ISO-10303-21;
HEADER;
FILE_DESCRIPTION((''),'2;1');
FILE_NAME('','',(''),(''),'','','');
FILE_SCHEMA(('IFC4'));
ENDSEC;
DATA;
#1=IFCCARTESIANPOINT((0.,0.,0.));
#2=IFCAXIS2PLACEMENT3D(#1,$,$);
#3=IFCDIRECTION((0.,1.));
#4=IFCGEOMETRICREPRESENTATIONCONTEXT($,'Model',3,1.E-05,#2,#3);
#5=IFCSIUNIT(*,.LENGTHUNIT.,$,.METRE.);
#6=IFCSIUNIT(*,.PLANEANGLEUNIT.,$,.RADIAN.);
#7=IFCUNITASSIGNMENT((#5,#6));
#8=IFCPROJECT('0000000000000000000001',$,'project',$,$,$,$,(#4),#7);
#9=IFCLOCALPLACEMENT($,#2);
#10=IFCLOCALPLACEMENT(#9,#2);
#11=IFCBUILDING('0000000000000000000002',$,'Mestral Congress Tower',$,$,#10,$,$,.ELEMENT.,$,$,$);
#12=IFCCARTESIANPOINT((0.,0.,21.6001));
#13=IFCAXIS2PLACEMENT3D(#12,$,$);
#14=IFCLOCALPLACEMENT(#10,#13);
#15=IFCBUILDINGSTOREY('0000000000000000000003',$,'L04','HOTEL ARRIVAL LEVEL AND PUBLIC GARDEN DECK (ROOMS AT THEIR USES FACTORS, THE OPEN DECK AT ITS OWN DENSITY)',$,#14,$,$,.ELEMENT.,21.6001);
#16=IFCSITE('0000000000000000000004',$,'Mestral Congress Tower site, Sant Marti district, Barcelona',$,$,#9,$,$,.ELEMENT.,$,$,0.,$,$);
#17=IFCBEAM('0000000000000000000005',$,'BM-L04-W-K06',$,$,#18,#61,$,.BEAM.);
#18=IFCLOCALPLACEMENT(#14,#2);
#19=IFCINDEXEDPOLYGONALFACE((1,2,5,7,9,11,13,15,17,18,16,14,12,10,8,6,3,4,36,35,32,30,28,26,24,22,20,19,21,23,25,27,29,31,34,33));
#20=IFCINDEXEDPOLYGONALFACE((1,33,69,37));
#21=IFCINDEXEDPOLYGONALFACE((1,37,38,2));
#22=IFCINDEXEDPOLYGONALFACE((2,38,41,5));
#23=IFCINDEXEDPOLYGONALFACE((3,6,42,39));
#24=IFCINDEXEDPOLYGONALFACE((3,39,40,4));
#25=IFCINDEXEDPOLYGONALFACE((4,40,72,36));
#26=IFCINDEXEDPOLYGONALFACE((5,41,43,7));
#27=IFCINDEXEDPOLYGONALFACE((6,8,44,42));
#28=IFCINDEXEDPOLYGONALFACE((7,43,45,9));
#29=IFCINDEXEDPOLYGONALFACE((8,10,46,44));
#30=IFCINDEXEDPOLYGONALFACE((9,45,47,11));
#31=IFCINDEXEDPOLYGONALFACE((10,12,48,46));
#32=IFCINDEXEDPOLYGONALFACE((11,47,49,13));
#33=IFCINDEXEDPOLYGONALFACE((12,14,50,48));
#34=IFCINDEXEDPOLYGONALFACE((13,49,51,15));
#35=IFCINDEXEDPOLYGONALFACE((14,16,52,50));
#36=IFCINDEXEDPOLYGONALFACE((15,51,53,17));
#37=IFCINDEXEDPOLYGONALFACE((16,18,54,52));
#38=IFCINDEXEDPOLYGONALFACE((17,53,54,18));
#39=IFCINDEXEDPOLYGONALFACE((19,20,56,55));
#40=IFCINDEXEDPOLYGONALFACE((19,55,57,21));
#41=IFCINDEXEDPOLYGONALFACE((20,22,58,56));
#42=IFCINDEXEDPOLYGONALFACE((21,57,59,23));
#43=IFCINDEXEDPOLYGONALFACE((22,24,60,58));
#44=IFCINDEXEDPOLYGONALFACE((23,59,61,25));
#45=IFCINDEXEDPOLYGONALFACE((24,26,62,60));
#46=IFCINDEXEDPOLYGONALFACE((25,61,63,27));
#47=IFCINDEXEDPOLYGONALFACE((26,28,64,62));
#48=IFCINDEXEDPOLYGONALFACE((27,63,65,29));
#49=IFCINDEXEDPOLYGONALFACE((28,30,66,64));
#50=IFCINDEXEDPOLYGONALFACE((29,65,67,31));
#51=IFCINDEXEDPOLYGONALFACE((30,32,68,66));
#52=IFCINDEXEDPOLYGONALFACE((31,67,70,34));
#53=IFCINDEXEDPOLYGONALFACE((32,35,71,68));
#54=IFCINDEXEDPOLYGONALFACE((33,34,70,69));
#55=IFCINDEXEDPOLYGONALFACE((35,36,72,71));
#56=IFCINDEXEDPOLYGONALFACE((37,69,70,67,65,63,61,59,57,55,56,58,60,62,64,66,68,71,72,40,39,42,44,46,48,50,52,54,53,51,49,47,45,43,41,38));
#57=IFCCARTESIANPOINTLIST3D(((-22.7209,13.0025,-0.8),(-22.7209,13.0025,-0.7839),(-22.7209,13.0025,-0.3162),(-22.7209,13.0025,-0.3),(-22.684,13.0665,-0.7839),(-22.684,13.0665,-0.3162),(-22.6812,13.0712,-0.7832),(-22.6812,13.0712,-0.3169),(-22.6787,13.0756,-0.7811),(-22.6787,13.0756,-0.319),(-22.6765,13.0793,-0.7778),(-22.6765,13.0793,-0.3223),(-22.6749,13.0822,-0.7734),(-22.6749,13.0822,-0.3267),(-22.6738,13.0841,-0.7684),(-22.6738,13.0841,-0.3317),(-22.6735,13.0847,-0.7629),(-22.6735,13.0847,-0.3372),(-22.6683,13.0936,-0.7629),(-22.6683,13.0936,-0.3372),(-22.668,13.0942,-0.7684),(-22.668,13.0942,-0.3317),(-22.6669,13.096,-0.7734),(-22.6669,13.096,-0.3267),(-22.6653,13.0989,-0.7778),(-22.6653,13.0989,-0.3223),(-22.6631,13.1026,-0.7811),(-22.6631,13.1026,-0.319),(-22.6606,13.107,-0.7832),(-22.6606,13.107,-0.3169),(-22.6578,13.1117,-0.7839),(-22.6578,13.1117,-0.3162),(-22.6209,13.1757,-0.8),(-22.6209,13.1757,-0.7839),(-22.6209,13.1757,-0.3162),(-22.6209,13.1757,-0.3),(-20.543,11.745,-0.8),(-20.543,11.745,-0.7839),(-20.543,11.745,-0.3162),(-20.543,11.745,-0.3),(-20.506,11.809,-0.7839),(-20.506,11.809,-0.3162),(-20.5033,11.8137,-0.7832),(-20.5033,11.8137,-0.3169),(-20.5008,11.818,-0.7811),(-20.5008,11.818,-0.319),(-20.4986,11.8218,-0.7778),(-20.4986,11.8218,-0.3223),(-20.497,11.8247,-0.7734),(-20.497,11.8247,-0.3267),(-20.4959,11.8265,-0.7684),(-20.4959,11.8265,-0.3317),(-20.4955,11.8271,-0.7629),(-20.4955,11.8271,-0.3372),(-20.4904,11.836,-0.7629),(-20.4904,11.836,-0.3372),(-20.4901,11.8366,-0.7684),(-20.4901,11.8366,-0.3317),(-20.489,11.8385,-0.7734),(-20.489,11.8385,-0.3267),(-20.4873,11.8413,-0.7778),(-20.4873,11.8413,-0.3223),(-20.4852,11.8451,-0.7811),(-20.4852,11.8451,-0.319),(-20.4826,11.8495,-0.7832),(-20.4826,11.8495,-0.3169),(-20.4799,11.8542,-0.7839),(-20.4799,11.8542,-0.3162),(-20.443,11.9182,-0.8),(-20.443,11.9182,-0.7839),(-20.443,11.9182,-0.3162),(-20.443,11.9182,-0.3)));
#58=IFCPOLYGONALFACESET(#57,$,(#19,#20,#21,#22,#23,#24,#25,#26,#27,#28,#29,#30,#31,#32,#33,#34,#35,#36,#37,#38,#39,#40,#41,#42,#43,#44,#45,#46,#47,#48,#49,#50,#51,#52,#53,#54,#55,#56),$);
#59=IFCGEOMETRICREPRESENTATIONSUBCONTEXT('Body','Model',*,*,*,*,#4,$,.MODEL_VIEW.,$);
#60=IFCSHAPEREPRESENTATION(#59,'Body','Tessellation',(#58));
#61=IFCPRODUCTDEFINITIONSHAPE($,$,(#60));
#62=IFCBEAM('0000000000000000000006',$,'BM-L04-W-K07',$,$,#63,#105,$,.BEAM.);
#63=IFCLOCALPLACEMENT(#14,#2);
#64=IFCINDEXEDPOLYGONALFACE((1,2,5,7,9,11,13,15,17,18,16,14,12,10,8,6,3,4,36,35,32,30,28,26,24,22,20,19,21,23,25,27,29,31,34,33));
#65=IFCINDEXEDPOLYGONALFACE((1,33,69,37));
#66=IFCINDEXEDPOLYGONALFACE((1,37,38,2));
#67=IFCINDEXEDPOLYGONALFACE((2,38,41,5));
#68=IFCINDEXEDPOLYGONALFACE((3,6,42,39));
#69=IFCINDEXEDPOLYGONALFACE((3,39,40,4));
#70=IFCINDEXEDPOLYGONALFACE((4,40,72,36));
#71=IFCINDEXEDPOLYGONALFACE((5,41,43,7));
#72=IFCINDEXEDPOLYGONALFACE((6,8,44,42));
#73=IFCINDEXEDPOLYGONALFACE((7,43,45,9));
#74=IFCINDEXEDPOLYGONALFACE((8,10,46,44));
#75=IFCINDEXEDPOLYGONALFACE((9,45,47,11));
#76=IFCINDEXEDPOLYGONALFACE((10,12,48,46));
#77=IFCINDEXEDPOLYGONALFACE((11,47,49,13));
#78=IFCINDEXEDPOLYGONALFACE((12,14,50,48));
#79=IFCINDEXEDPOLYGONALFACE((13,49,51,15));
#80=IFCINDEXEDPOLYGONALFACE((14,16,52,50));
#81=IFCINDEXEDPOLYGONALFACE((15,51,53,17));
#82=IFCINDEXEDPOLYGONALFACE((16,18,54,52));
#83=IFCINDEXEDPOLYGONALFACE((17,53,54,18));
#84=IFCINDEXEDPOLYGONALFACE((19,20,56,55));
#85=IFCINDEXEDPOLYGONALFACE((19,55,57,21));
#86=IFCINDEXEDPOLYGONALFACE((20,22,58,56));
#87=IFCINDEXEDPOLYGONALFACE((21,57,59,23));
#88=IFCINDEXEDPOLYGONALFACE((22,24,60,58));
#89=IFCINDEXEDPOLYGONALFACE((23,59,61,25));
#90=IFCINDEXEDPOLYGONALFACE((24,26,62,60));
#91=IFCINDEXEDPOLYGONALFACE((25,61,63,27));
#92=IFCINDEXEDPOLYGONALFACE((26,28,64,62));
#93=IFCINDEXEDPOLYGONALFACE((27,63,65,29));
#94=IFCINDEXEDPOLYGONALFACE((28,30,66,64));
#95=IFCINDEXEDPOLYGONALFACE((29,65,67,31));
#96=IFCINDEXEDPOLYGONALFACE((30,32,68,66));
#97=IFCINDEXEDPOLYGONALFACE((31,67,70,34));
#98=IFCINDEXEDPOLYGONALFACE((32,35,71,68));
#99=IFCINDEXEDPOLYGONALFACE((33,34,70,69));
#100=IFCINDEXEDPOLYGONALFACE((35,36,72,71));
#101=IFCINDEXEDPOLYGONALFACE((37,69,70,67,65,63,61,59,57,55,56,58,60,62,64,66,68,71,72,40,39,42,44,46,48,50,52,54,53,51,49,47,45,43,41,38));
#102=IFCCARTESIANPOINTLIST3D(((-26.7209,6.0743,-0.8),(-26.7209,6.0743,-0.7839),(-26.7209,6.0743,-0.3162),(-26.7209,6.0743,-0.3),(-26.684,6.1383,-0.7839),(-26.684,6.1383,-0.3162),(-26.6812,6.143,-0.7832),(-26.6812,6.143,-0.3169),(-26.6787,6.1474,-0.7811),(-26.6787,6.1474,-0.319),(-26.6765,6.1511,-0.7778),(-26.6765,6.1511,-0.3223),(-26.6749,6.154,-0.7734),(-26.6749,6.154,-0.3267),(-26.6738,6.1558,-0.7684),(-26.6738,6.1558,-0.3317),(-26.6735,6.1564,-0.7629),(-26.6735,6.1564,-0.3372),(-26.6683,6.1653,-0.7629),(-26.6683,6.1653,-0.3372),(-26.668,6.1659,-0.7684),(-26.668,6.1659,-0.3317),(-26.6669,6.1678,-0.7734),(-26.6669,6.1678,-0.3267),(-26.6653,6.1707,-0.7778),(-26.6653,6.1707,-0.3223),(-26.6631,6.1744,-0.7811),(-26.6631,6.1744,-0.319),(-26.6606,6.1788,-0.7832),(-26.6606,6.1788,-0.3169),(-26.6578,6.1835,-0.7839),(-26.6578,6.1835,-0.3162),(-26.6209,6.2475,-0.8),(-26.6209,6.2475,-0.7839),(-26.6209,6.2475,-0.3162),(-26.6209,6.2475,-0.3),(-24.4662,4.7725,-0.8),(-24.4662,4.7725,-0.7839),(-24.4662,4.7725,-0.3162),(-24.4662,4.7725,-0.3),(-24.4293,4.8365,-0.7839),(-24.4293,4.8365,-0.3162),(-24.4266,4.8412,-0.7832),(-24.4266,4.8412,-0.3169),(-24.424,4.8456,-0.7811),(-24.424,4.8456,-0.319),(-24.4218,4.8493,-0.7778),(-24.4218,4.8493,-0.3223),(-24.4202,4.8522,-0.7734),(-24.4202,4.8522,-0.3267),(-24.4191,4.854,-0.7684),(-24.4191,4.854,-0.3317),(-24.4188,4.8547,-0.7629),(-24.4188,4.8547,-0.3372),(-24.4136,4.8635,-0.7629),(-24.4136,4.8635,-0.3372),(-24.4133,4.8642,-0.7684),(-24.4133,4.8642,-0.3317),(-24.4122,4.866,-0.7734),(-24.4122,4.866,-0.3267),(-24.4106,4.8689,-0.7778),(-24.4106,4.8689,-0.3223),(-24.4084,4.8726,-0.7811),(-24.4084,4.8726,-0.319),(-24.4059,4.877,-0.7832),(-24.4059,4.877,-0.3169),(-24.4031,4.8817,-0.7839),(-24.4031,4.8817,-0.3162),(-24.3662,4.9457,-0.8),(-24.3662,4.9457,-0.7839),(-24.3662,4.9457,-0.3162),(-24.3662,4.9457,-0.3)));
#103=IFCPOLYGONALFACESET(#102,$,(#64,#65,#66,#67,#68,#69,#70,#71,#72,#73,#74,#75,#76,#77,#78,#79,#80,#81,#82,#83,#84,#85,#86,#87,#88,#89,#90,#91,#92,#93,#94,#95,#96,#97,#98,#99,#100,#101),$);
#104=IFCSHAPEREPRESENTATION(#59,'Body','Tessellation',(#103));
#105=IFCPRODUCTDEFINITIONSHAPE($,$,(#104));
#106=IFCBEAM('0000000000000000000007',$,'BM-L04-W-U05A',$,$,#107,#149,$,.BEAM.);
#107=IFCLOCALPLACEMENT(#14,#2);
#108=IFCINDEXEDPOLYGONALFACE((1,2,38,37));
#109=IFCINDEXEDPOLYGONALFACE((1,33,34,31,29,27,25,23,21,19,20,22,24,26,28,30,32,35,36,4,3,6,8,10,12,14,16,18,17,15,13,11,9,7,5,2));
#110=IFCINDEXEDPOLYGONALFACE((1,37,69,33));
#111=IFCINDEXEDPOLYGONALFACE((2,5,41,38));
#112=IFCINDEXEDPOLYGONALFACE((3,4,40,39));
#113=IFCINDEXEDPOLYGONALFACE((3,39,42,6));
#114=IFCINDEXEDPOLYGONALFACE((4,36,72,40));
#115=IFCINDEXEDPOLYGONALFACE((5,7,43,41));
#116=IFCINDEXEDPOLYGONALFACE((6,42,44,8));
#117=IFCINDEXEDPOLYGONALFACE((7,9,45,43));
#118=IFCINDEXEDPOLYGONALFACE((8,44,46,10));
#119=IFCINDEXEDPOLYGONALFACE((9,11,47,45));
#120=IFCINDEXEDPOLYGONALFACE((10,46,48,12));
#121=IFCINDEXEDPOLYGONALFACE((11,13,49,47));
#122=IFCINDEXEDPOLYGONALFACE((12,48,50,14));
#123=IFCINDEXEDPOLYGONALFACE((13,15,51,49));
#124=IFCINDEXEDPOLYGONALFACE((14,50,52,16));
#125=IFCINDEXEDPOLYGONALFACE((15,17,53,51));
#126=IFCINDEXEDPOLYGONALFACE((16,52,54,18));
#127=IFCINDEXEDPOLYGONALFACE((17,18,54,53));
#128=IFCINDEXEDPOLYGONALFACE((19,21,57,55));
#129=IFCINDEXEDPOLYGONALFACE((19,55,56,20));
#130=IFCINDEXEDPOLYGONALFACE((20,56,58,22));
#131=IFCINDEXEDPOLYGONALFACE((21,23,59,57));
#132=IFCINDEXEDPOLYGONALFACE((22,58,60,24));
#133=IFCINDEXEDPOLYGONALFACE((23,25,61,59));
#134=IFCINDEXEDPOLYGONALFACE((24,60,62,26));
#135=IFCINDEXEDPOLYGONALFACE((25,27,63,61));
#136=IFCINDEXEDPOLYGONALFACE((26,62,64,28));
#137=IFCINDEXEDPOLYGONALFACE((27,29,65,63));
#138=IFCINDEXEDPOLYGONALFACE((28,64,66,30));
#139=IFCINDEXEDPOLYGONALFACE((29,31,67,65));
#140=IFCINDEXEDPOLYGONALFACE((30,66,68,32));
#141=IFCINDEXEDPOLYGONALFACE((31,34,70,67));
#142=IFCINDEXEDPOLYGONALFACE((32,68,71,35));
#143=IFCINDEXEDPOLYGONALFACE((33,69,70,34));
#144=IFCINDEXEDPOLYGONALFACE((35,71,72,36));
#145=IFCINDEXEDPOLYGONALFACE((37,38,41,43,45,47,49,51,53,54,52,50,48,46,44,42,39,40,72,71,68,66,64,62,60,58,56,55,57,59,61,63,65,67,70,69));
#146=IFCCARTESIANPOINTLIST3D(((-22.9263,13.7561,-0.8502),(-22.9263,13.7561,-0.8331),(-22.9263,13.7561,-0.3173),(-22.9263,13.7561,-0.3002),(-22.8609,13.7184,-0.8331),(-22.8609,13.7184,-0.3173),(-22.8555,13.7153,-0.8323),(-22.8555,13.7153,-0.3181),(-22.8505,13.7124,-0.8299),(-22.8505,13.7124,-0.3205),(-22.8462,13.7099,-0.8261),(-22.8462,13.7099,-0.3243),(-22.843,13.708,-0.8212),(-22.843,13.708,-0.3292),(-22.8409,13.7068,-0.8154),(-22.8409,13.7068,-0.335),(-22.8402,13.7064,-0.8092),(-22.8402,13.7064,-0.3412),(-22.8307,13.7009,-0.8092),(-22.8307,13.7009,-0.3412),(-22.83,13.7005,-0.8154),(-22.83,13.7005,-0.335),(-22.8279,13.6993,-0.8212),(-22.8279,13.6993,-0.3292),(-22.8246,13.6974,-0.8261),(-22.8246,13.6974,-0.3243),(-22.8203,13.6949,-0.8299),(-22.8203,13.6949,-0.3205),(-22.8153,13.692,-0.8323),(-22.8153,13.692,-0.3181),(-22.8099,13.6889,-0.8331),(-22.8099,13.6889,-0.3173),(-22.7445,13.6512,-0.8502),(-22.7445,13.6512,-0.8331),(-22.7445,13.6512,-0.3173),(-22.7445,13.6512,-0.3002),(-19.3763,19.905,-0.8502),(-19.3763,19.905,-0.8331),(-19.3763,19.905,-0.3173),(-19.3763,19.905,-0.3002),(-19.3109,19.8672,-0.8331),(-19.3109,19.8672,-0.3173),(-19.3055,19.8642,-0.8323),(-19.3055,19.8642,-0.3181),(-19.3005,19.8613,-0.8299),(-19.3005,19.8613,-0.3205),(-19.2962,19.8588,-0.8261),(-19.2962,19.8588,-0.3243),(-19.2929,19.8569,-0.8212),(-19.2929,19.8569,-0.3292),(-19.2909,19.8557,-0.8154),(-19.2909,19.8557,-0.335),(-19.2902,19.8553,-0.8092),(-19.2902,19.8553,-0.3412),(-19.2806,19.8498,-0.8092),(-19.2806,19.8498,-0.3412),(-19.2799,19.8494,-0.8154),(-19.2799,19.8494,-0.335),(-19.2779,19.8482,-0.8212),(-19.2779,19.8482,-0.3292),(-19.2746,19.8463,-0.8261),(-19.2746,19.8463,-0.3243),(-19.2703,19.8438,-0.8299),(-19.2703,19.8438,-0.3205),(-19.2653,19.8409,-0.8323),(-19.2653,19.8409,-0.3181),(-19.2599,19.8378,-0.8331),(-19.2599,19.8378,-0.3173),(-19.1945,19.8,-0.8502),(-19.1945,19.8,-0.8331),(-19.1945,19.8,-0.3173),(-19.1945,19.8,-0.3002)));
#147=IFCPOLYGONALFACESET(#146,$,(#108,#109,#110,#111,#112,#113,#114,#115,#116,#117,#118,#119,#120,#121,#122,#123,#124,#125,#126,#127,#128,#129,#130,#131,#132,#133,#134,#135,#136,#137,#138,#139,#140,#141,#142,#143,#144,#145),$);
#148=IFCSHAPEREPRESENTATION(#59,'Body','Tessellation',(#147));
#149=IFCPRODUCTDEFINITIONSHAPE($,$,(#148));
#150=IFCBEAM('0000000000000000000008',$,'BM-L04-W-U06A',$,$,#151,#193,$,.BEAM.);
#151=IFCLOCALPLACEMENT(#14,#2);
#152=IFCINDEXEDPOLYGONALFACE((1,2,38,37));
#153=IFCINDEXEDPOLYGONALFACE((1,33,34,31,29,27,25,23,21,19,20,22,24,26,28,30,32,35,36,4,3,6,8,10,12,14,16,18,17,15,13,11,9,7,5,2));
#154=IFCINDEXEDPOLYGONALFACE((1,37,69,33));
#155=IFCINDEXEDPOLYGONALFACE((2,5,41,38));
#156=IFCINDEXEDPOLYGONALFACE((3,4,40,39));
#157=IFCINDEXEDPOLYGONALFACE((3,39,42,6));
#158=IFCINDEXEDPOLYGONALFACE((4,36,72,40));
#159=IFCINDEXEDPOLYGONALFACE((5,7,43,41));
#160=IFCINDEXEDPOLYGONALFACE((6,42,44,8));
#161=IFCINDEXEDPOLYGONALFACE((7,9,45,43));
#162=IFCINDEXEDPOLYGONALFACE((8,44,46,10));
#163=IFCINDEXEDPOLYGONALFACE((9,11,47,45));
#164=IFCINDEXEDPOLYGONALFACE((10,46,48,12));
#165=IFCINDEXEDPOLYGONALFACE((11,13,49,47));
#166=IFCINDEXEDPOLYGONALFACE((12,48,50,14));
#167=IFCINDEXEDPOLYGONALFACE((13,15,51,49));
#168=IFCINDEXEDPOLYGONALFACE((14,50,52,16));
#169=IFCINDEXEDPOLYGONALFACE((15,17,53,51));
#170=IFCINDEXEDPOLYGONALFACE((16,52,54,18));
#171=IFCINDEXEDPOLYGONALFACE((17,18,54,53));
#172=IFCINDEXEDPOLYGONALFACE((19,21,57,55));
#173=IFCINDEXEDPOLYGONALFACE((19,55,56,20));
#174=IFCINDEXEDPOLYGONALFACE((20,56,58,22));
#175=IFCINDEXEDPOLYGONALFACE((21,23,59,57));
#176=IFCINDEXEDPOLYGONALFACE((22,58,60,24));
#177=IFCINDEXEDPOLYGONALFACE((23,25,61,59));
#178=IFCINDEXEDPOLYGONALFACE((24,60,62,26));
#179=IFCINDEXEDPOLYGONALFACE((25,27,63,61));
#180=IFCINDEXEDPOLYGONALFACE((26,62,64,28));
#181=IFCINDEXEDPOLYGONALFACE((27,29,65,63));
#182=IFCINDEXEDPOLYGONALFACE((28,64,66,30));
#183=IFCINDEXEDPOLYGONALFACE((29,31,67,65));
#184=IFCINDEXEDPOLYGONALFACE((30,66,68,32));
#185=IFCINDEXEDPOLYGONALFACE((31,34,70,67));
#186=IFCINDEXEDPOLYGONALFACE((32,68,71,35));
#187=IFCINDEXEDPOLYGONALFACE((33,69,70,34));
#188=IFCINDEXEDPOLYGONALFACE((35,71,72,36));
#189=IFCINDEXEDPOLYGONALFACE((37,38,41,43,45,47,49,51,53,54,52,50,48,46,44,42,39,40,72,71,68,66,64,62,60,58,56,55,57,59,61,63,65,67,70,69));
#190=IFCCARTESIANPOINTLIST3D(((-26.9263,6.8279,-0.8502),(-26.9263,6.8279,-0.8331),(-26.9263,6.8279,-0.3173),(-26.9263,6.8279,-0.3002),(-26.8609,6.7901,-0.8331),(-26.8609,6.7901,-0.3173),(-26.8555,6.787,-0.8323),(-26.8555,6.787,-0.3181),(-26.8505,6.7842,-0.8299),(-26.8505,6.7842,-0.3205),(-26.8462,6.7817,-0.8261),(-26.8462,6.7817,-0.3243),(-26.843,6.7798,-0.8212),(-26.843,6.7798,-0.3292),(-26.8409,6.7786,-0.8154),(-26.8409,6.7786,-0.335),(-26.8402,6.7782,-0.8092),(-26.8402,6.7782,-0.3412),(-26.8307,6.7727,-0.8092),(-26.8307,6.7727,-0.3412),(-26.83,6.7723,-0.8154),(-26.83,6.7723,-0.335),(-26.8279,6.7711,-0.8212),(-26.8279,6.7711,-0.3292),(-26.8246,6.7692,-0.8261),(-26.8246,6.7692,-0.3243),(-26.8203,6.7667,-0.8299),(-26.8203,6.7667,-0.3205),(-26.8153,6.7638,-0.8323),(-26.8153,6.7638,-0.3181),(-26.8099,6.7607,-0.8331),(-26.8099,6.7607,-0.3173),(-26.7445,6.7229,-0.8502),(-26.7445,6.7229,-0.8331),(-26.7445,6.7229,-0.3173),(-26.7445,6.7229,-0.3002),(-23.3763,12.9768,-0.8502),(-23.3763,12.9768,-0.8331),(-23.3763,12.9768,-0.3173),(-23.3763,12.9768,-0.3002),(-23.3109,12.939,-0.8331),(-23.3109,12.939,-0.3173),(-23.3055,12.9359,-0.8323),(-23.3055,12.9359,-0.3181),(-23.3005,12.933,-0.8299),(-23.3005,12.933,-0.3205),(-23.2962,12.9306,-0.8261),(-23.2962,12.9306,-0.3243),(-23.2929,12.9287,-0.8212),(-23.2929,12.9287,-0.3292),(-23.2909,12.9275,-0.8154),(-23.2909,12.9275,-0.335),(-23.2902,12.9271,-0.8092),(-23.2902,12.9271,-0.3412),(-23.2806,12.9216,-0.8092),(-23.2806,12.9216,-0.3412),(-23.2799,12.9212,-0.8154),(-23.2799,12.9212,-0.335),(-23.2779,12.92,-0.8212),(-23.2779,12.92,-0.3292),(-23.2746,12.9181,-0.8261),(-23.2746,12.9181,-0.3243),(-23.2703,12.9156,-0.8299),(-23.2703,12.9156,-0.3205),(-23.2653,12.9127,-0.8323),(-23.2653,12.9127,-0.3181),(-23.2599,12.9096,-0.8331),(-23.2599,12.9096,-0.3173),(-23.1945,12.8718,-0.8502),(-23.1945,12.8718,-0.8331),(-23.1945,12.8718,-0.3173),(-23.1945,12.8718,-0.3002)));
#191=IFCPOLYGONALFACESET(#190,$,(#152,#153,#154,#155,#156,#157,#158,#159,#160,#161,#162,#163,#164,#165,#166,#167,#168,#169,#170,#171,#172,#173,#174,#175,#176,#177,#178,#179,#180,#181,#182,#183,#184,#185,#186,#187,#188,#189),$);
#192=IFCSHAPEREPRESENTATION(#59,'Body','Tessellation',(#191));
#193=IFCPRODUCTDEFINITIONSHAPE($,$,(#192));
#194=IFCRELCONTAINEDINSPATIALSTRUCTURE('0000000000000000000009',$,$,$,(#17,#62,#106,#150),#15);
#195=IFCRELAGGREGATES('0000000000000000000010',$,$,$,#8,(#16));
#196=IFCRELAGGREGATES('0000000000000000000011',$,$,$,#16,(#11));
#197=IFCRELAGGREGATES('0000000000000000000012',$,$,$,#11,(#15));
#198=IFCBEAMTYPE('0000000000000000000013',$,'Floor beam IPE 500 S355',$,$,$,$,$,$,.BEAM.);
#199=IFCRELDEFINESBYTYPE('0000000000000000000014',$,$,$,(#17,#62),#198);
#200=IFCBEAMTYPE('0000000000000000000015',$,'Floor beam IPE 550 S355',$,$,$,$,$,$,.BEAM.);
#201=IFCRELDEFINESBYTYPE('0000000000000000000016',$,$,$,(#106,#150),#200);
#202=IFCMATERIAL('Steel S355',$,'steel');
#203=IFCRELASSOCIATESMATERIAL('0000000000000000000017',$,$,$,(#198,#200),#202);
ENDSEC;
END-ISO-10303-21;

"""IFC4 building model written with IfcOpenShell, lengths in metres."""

from ifc_helpers import new_model, si_unit, direction, frame, origin, origin_2d, place, context, subcontext, project, spatial, i_section, extrude, material, material_profile, profile_set, type_object, element, save


model = new_model("IFC4")

# Units and contexts
model_context = context("Model", 3, precision=1e-05, world=origin(), true_north=direction((0.0, 1.0)))
body_context = subcontext(model_context, "Body", "Model", "MODEL_VIEW")
ifc_project = project(units=[si_unit("LENGTHUNIT", "METRE"), si_unit("PLANEANGLEUNIT", "RADIAN")], contexts=[model_context])

# Site, building, storey
site_placement = place(None, origin())
site = spatial("IfcSite", under=ifc_project, at=site_placement, Name="Mestral Congress Tower site, Sant Marti district, Barcelona", CompositionType="ELEMENT", RefElevation=0.0)
building_placement = place(site_placement, origin())
building = spatial("IfcBuilding", under=site, at=building_placement, Name="Mestral Congress Tower", CompositionType="ELEMENT")
storey_placement = place(building_placement, frame((0.0, 0.0, 21.6001)))
storey = spatial("IfcBuildingStorey", under=building, at=storey_placement, Name="L04", Description="HOTEL ARRIVAL LEVEL AND PUBLIC GARDEN DECK (ROOMS AT THEIR USES FACTORS, THE OPEN DECK AT ITS OWN DENSITY)", CompositionType="ELEMENT", Elevation=21.6001)

# Beams
ifc_material_1 = material(Name="Steel S355", Category="steel")
ifc_material_profile_1 = material_profile(ifc_material_1, i_section(OverallWidth=0.2, OverallDepth=0.5, WebThickness=0.0103, FlangeThickness=0.0161, FilletRadius=0.021, at=origin_2d()), Name="IPE 500")
ifc_profile_set_1 = profile_set([ifc_material_profile_1], Name="Steel S355")
beam_type_1 = type_object("IfcBeamType", Name="Floor beam IPE 500 S355", PredefinedType="BEAM", material=ifc_profile_set_1)
beam_1_placement = place(storey_placement, frame((-22.6709, 13.0891, -0.55), z_axis=(0.866006, -0.500033, 0.0), x_axis=(0.500033, 0.866006, 0.0)))
element("IfcBeam", 1, at=beam_1_placement, inside=storey, type_object=beam_type_1, Name="BM-L04-W-K06", PredefinedType="BEAM", context=body_context, shape_type="SweptSolid", body=[
    extrude(i_section(OverallWidth=0.2, OverallDepth=0.5, WebThickness=0.0103, FlangeThickness=0.0161, FilletRadius=0.021, at=origin_2d()), origin(), (0.0, 0.0, 1.0), 2.5149),
])
beam_2_placement = place(storey_placement, frame((-26.6709, 6.1609, -0.55), z_axis=(0.866018, -0.500012, 0.0), x_axis=(0.500012, 0.866018, 0.0)))
element("IfcBeam", 2, at=beam_2_placement, inside=storey, type_object=beam_type_1, Name="BM-L04-W-K07", PredefinedType="BEAM", context=body_context, shape_type="SweptSolid", body=[
    extrude(i_section(OverallWidth=0.2, OverallDepth=0.5, WebThickness=0.0103, FlangeThickness=0.0161, FilletRadius=0.021, at=origin_2d()), origin(), (0.0, 0.0, 1.0), 2.6035),
])
ifc_material_profile_2 = material_profile(ifc_material_1, i_section(OverallWidth=0.21, OverallDepth=0.55, WebThickness=0.011, FlangeThickness=0.0171, FilletRadius=0.0239, at=origin_2d()), Name="IPE 550")
ifc_profile_set_2 = profile_set([ifc_material_profile_2], Name="Steel S355")
beam_type_2 = type_object("IfcBeamType", Name="Floor beam IPE 550 S355", PredefinedType="BEAM", material=ifc_profile_set_2)
for number, where, z_axis, x_axis, name in (
    (3, (-19.2854, 19.8525, -0.5752), (-0.499996, -0.866028, 0.0), (0.866028, -0.499996, 0.0), "BM-L04-W-U05A"),
    (4, (-23.2854, 12.9243, -0.5752), (-0.499996, -0.866028, 0.0), (0.866028, -0.499996, 0.0), "BM-L04-W-U06A"),
):
    element("IfcBeam", number, at=place(storey_placement, frame(where, z_axis=z_axis, x_axis=x_axis)), inside=storey, type_object=beam_type_2, Name=name, PredefinedType="BEAM", context=body_context, shape_type="SweptSolid", body=[
        extrude(i_section(OverallWidth=0.21, OverallDepth=0.55, WebThickness=0.011, FlangeThickness=0.0171, FilletRadius=0.0239, at=origin_2d()), origin(), (0.0, 0.0, 1.0), 7.1001),
    ])

save(model, "model.ifc")
